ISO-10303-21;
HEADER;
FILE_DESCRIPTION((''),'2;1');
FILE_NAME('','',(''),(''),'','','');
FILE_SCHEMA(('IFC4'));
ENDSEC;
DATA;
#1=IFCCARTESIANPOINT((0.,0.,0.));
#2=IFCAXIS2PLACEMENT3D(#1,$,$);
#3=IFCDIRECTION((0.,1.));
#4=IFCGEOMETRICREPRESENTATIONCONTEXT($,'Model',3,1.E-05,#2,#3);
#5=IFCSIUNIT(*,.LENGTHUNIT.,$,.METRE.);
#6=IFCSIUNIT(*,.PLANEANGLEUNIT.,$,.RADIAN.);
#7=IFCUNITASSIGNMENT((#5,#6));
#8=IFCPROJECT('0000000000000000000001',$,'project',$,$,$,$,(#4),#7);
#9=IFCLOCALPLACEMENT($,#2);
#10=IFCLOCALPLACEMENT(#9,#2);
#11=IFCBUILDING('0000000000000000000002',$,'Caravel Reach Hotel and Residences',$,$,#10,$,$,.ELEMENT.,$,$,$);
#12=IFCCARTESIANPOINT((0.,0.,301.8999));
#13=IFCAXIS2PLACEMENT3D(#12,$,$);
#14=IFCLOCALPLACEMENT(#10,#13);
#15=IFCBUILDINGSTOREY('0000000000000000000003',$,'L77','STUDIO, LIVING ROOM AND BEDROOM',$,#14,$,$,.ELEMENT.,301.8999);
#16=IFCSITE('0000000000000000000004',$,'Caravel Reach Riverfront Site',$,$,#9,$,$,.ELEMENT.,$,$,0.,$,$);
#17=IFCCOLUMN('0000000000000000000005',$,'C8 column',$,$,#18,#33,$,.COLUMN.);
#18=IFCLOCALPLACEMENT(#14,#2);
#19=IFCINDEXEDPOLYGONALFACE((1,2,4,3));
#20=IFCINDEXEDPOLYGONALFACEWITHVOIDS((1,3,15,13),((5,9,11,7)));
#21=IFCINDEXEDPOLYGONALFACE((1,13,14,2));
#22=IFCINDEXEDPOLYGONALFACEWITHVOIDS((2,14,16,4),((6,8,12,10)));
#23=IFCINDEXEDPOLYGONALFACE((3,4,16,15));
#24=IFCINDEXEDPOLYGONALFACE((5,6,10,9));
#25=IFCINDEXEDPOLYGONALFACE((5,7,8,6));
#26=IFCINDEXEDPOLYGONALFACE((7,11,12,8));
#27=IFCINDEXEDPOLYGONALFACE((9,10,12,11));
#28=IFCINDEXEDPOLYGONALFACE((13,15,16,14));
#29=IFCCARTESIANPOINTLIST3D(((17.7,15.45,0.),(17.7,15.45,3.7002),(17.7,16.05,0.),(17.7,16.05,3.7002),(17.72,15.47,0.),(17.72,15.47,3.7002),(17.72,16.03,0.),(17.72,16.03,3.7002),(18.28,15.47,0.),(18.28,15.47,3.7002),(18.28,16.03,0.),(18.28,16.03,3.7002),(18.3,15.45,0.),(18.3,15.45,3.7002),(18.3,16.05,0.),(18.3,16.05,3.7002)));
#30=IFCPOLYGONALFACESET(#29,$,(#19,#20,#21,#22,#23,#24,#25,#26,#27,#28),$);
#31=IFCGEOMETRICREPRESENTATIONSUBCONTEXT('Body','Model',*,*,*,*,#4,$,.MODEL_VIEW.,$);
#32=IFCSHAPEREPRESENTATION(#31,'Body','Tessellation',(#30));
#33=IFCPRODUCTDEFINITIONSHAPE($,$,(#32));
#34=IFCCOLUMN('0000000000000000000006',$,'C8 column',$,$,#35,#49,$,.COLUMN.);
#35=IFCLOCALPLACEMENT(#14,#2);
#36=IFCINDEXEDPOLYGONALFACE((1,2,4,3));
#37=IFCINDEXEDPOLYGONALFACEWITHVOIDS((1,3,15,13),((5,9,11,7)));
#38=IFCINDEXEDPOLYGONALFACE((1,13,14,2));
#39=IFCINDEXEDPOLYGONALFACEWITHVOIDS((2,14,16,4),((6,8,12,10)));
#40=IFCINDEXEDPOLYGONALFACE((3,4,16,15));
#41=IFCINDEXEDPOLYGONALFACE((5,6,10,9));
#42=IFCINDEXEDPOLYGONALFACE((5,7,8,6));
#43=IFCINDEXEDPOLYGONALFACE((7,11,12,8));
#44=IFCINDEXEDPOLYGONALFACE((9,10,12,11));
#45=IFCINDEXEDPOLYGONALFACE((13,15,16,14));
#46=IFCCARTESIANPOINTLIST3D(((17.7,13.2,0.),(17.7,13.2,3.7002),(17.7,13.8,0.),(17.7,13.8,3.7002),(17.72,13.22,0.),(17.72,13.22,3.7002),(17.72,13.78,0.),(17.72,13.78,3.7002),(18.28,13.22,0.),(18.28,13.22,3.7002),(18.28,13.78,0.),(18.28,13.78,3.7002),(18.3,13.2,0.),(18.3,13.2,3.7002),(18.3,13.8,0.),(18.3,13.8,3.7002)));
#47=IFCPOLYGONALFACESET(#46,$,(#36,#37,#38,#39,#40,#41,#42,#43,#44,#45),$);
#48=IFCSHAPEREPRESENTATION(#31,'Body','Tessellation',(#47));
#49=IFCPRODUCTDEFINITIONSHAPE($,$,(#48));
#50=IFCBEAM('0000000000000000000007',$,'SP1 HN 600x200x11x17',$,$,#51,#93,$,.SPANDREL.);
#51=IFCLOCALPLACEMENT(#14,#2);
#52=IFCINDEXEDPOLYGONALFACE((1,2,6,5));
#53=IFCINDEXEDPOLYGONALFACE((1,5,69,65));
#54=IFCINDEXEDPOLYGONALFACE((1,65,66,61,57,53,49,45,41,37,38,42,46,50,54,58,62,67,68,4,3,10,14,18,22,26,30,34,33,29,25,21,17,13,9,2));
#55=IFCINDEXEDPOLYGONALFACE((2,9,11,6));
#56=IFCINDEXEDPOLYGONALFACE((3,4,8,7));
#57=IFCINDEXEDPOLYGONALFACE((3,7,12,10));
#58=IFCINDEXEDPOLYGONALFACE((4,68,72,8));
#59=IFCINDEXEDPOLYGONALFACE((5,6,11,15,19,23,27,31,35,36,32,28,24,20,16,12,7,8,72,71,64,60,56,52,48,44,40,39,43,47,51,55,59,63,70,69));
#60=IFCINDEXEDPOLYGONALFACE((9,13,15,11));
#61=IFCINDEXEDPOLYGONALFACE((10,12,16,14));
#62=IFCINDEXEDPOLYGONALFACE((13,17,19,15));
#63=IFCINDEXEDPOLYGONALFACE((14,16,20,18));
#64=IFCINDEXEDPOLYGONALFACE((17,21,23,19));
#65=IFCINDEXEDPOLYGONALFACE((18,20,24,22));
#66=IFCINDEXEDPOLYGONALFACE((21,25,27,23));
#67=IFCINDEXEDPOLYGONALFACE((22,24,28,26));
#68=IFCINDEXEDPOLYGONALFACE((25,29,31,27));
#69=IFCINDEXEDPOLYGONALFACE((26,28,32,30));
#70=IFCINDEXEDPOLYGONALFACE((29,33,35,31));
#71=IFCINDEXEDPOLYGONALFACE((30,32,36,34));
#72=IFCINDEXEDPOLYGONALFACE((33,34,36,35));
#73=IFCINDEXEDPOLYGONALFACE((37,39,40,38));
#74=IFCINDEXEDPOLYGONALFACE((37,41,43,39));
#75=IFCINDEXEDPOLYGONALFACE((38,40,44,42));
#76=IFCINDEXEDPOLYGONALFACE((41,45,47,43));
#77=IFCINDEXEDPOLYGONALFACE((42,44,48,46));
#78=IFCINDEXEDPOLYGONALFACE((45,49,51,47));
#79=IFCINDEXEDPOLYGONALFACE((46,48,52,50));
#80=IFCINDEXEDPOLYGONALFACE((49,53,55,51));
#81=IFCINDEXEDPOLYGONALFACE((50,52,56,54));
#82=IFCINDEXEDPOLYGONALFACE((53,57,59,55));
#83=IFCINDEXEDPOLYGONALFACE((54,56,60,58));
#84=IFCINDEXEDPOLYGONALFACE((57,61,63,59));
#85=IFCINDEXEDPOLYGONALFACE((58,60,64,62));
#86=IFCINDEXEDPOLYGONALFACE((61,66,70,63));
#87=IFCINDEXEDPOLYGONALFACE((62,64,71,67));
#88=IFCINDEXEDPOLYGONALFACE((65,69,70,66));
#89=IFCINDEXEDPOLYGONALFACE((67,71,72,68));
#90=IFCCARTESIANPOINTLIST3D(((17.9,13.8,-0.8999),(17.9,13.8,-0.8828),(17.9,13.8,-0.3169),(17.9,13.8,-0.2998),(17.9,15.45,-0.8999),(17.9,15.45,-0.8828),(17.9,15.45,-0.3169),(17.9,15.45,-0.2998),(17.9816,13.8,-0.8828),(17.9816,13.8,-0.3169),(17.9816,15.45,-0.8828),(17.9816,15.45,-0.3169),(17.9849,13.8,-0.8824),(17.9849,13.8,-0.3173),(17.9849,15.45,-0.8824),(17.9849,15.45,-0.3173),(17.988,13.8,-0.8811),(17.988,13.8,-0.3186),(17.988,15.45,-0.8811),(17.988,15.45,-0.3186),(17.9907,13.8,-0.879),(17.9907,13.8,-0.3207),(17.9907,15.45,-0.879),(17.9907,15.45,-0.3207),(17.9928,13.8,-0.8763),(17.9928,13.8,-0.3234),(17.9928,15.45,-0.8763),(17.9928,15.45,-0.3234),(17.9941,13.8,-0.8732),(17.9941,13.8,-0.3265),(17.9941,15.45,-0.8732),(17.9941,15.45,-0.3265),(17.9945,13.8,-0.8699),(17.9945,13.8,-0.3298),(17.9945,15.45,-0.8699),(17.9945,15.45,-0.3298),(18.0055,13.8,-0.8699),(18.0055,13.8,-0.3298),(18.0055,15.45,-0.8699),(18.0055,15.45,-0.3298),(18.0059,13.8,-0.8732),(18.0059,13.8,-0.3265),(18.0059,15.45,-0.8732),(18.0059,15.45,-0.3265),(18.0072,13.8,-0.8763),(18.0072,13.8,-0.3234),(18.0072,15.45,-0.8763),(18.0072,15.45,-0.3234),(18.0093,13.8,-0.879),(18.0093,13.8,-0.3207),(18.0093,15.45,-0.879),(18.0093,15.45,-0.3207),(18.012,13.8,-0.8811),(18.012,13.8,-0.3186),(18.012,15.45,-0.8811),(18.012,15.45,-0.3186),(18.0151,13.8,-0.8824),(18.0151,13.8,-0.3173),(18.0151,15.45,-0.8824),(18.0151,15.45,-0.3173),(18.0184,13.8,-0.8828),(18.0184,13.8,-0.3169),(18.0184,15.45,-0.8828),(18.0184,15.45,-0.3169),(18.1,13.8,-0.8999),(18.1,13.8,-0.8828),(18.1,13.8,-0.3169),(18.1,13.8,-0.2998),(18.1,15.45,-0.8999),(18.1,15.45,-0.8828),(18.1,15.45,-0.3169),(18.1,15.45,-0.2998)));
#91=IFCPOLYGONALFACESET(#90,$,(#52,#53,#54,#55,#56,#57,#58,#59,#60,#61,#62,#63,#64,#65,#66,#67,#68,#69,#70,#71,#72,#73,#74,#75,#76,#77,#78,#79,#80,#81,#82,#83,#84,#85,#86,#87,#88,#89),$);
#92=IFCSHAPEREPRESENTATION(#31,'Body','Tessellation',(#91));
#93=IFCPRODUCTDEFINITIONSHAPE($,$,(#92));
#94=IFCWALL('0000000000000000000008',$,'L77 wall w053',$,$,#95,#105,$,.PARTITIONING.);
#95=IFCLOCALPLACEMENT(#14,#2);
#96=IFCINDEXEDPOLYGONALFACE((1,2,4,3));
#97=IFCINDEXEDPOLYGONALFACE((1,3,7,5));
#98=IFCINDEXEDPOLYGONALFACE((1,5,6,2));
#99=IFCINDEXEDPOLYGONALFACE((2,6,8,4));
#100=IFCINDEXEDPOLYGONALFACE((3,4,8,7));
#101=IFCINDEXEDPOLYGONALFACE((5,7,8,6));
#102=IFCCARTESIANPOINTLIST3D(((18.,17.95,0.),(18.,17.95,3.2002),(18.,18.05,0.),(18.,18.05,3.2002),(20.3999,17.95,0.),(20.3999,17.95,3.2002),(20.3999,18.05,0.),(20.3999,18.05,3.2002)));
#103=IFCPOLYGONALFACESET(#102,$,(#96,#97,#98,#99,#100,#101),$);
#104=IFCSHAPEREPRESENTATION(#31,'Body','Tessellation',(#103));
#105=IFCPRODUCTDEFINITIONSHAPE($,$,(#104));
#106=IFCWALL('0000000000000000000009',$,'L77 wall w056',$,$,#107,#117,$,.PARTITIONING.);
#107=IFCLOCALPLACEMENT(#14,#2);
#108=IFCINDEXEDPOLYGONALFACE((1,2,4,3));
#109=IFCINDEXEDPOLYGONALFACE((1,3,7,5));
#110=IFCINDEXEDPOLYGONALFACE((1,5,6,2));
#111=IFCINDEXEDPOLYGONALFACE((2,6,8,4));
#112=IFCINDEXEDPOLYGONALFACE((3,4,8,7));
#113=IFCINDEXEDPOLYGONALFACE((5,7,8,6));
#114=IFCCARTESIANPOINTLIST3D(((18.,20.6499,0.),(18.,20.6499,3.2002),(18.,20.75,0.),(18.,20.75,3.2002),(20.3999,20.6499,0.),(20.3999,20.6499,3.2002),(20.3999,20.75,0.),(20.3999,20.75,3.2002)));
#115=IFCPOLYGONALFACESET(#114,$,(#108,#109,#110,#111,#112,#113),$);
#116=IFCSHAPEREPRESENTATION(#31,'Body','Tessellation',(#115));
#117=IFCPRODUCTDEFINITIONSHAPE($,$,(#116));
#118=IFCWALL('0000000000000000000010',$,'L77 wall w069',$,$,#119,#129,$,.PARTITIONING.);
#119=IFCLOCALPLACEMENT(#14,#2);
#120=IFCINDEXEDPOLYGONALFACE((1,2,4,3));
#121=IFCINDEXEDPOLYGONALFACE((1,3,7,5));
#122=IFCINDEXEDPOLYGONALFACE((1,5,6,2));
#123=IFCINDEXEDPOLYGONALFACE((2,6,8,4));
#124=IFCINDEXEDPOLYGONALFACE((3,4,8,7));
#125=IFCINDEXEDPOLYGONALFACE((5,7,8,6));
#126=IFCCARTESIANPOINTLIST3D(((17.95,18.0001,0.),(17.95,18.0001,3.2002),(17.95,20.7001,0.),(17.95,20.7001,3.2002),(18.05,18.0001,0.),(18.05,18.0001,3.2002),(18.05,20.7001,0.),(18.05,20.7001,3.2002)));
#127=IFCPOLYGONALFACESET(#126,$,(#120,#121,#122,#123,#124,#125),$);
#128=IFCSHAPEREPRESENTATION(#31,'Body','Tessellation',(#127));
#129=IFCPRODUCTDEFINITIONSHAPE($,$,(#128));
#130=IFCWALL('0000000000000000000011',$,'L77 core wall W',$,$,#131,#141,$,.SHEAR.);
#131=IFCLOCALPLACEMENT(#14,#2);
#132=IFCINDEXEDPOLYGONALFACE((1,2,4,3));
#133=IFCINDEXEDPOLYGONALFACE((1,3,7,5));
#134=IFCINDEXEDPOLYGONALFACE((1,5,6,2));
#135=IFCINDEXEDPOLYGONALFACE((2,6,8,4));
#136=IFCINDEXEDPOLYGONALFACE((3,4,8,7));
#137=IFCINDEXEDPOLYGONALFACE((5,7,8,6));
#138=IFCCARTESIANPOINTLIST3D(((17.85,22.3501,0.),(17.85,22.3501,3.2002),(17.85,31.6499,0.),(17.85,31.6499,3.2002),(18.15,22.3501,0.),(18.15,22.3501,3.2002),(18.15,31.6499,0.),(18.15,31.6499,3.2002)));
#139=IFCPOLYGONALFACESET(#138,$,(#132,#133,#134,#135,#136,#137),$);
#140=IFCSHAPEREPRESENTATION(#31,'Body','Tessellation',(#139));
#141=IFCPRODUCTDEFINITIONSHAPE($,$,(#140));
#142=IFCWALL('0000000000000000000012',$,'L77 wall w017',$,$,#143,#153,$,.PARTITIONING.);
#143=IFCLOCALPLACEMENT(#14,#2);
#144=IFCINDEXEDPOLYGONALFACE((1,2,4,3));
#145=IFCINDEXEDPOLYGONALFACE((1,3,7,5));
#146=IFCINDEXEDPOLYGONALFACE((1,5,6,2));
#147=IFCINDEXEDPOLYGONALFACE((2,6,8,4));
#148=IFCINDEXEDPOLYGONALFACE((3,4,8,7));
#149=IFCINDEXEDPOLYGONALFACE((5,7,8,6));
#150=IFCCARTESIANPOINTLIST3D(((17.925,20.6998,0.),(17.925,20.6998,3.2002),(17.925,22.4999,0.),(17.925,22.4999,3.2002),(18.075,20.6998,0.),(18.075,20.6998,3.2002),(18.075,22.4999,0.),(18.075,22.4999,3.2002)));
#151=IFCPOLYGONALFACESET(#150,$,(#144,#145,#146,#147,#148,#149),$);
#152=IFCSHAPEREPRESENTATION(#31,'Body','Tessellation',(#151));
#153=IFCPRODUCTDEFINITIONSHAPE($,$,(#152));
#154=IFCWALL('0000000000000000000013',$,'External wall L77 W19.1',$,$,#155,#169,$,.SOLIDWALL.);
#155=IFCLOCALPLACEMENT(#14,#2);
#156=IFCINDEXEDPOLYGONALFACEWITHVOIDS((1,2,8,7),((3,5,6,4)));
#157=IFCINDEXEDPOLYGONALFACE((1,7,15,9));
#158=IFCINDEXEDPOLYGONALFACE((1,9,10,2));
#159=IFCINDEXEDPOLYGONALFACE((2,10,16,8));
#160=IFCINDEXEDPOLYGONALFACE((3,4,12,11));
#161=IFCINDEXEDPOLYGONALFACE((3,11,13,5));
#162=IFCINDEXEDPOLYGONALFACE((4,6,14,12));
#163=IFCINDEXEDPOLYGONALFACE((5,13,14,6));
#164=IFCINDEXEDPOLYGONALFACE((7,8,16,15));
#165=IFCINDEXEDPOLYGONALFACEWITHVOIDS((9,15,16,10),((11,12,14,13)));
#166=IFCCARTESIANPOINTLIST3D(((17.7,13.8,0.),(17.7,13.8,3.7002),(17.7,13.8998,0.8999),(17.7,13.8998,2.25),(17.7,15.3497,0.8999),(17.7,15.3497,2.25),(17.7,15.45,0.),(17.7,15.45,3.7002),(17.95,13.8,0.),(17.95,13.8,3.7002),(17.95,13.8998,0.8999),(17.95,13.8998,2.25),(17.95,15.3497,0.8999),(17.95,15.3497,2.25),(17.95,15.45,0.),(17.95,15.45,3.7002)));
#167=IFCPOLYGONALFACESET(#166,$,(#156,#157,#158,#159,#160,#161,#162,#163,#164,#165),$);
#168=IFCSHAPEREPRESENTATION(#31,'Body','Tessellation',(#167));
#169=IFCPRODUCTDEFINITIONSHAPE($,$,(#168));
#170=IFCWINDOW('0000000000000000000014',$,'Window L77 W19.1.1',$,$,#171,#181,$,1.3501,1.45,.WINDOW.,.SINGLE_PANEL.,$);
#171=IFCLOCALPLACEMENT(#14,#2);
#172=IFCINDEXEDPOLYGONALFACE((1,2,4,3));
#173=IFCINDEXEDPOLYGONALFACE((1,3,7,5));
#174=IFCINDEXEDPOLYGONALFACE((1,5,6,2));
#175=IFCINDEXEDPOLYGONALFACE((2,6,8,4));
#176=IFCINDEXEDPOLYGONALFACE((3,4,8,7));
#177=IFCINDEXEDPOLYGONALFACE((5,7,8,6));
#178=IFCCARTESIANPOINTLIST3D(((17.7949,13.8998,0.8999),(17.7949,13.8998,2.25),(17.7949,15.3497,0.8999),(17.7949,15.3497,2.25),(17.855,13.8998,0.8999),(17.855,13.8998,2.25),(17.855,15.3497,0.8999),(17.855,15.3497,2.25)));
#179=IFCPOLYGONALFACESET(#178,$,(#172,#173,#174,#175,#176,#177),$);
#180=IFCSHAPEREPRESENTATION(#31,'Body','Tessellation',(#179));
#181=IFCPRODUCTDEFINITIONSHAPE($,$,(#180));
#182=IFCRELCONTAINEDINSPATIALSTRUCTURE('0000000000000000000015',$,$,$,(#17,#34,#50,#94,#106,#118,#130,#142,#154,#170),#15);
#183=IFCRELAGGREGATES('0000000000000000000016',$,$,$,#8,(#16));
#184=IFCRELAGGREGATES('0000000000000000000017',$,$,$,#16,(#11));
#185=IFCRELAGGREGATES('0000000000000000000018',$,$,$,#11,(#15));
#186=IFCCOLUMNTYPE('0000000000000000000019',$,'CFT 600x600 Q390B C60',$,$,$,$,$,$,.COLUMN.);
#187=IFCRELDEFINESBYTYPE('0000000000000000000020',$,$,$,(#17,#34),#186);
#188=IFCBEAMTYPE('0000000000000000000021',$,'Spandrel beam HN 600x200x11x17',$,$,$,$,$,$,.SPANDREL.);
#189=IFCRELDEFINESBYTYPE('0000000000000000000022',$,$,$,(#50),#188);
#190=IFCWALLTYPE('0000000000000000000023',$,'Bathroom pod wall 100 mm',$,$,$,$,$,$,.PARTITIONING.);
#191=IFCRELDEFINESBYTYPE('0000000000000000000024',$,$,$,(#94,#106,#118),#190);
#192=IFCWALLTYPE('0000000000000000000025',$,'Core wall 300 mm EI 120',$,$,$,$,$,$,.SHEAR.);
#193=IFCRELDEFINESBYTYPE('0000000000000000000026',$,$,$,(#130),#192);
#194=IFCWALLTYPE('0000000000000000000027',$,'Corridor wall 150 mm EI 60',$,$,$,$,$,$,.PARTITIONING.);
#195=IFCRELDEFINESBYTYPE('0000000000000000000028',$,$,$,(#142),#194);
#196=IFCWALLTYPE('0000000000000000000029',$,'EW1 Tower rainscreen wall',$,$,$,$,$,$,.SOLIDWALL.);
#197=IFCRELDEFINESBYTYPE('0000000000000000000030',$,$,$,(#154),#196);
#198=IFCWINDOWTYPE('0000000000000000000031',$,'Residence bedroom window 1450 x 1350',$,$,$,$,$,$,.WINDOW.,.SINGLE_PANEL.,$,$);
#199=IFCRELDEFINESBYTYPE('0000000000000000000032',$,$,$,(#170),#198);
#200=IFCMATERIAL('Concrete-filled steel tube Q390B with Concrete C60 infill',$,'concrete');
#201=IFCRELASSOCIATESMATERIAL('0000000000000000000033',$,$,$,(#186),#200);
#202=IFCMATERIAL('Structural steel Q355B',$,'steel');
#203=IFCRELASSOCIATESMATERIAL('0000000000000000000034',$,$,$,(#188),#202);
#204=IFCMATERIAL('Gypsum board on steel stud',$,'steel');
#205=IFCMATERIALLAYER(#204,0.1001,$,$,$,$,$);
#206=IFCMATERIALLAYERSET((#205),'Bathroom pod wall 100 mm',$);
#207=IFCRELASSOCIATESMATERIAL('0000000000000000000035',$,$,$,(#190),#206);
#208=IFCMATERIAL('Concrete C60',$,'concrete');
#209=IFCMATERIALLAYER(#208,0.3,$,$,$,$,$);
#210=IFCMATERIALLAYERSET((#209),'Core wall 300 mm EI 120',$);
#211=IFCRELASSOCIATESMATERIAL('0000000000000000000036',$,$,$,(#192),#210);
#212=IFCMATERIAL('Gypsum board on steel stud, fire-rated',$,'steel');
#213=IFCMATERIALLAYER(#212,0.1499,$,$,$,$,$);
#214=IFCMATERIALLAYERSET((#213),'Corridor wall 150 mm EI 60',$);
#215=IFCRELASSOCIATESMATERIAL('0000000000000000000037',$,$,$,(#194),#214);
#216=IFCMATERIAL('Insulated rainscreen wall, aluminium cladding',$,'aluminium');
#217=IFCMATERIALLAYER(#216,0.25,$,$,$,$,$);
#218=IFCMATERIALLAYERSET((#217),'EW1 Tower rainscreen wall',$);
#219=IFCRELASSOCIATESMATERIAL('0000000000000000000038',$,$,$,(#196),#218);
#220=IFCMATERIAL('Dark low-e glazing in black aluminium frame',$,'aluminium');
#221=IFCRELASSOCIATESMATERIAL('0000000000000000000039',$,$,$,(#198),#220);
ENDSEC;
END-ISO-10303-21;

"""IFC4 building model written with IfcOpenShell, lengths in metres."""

from ifc_helpers import new_model, si_unit, direction, frame, frame_2d, origin, origin_2d, place, context, subcontext, project, spatial, rectangle, hollow_rectangle, i_section, extrude, material, layer, layer_set, material_profile, profile_set, type_object, element, fill, save


model = new_model("IFC4")

# Units and contexts
model_context = context("Model", 3, precision=1e-05, world=origin(), true_north=direction((0.0, 1.0)))
body_context = subcontext(model_context, "Body", "Model", "MODEL_VIEW")
ifc_project = project(units=[si_unit("LENGTHUNIT", "METRE"), si_unit("PLANEANGLEUNIT", "RADIAN")], contexts=[model_context])

# Site, building, storey
site_placement = place(None, origin())
site = spatial("IfcSite", under=ifc_project, at=site_placement, Name="Caravel Reach Riverfront Site", CompositionType="ELEMENT", RefElevation=0.0)
building_placement = place(site_placement, origin())
building = spatial("IfcBuilding", under=site, at=building_placement, Name="Caravel Reach Hotel and Residences", CompositionType="ELEMENT")
storey_placement = place(building_placement, frame((0.0, 0.0, 301.8999)))
storey = spatial("IfcBuildingStorey", under=building, at=storey_placement, Name="L77", Description="STUDIO, LIVING ROOM AND BEDROOM", CompositionType="ELEMENT", Elevation=301.8999)

# Columns
ifc_material_1 = material(Name="Concrete-filled steel tube Q390B with Concrete C60 infill", Category="concrete")
ifc_material_profile_1 = material_profile(ifc_material_1, hollow_rectangle(XDim=0.6001, YDim=0.6001, WallThickness=0.02, at=origin_2d()), Name="RHS 600x600x20")
ifc_profile_set_1 = profile_set([ifc_material_profile_1], Name="Concrete-filled steel tube Q390B with Concrete C60 infill")
column_type = type_object("IfcColumnType", Name="CFT 600x600 Q390B C60", PredefinedType="COLUMN", material=ifc_profile_set_1)
for number, where, z_axis, x_axis, name in (
    (1, (18.0, 15.75, 0.0), (0.0, 0.0, 1.0), (1.0, 0.0, 0.0), "C8 column"),
    (2, (18.0, 13.5, 0.0), (0.0, 0.0, 1.0), (1.0, 0.0, 0.0), "C8 column"),
):
    element("IfcColumn", number, at=place(storey_placement, frame(where, z_axis=z_axis, x_axis=x_axis)), inside=storey, type_object=column_type, Name=name, PredefinedType="COLUMN", context=body_context, shape_type="SweptSolid", body=[
        extrude(hollow_rectangle(XDim=0.6001, YDim=0.6001, WallThickness=0.02, at=origin_2d()), origin(), (0.0, 0.0, 1.0), 3.7002),
    ])

# Beam
ifc_material_2 = material(Name="Structural steel Q355B", Category="steel")
ifc_material_profile_2 = material_profile(ifc_material_2, i_section(OverallWidth=0.2, OverallDepth=0.6001, WebThickness=0.011, FlangeThickness=0.0171, FilletRadius=0.0129, at=origin_2d()), Name="HN 600x200x11x17")
ifc_profile_set_2 = profile_set([ifc_material_profile_2], Name="Structural steel Q355B")
beam_type = type_object("IfcBeamType", Name="Spandrel beam HN 600x200x11x17", PredefinedType="SPANDREL", material=ifc_profile_set_2)
beam_placement = place(storey_placement, frame((18.0, 15.45, -0.5999), z_axis=(0.0, -1.0, 0.0), x_axis=(1.0, 0.0, 0.0)))
element("IfcBeam", 3, at=beam_placement, inside=storey, type_object=beam_type, Name="SP1 HN 600x200x11x17", PredefinedType="SPANDREL", context=body_context, shape_type="SweptSolid", body=[
    extrude(i_section(OverallWidth=0.2, OverallDepth=0.6001, WebThickness=0.011, FlangeThickness=0.0171, FilletRadius=0.0129, at=origin_2d()), origin(), (0.0, 0.0, 1.0), 1.6499),
])

# Walls
ifc_material_3 = material(Name="Gypsum board on steel stud", Category="steel")
ifc_layer_1 = layer(ifc_material_3, 0.1001)
ifc_layer_set_1 = layer_set([ifc_layer_1], Name="Bathroom pod wall 100 mm")
wall_type_1 = type_object("IfcWallType", Name="Bathroom pod wall 100 mm", PredefinedType="PARTITIONING", material=ifc_layer_set_1)
for number, where, z_axis, x_axis, name in (
    (4, (18.0, 18.0, 0.0), (0.0, 0.0, 1.0), (1.0, 0.0, 0.0), "L77 wall w053"),
    (5, (18.0, 20.7, 0.0), (0.0, 0.0, 1.0), (1.0, 0.0, 0.0), "L77 wall w056"),
):
    element("IfcWall", number, at=place(storey_placement, frame(where, z_axis=z_axis, x_axis=x_axis)), inside=storey, type_object=wall_type_1, Name=name, PredefinedType="PARTITIONING", context=body_context, shape_type="SweptSolid", body=[
        extrude(rectangle(XDim=2.3999, YDim=0.1001, at=frame_2d((1.2, 0.0))), origin(), (0.0, 0.0, 1.0), 3.2002),
    ])
wall_1_placement = place(storey_placement, frame((18.0, 18.0, 0.0), z_axis=(0.0, 0.0, 1.0), x_axis=(0.0, 1.0, 0.0)))
element("IfcWall", 6, at=wall_1_placement, inside=storey, type_object=wall_type_1, Name="L77 wall w069", PredefinedType="PARTITIONING", context=body_context, shape_type="SweptSolid", body=[
    extrude(rectangle(XDim=2.7, YDim=0.1001, at=frame_2d((1.3501, 0.0))), origin(), (0.0, 0.0, 1.0), 3.2002),
])
ifc_material_4 = material(Name="Concrete C60", Category="concrete")
ifc_layer_2 = layer(ifc_material_4, 0.3)
ifc_layer_set_2 = layer_set([ifc_layer_2], Name="Core wall 300 mm EI 120")
wall_type_2 = type_object("IfcWallType", Name="Core wall 300 mm EI 120", PredefinedType="SHEAR", material=ifc_layer_set_2)
wall_2_placement = place(storey_placement, frame((18.0, 22.3501, 0.0), z_axis=(0.0, 0.0, 1.0), x_axis=(0.0, 1.0, 0.0)))
element("IfcWall", 7, at=wall_2_placement, inside=storey, type_object=wall_type_2, Name="L77 core wall W", PredefinedType="SHEAR", context=body_context, shape_type="SweptSolid", body=[
    extrude(rectangle(XDim=9.2998, YDim=0.3, at=frame_2d((4.6499, 0.0))), origin(), (0.0, 0.0, 1.0), 3.2002),
])
ifc_material_5 = material(Name="Gypsum board on steel stud, fire-rated", Category="steel")
ifc_layer_3 = layer(ifc_material_5, 0.1499)
ifc_layer_set_3 = layer_set([ifc_layer_3], Name="Corridor wall 150 mm EI 60")
wall_type_3 = type_object("IfcWallType", Name="Corridor wall 150 mm EI 60", PredefinedType="PARTITIONING", material=ifc_layer_set_3)
wall_3_placement = place(storey_placement, frame((18.0, 20.7, 0.0), z_axis=(0.0, 0.0, 1.0), x_axis=(0.0, 1.0, 0.0)))
element("IfcWall", 8, at=wall_3_placement, inside=storey, type_object=wall_type_3, Name="L77 wall w017", PredefinedType="PARTITIONING", context=body_context, shape_type="SweptSolid", body=[
    extrude(rectangle(XDim=1.8, YDim=0.1499, at=frame_2d((0.8999, 0.0))), origin(), (0.0, 0.0, 1.0), 3.2002),
])

# Wall, opening, window
ifc_material_6 = material(Name="Insulated rainscreen wall, aluminium cladding", Category="aluminium")
ifc_layer_4 = layer(ifc_material_6, 0.25)
ifc_layer_set_4 = layer_set([ifc_layer_4], Name="EW1 Tower rainscreen wall")
wall_type_4 = type_object("IfcWallType", Name="EW1 Tower rainscreen wall", PredefinedType="SOLIDWALL", material=ifc_layer_set_4)
wall_4_placement = place(storey_placement, frame((17.825, 15.45, 0.0), z_axis=(0.0, 0.0, 1.0), x_axis=(0.0, -1.0, 0.0)))
wall_4 = element("IfcWall", 9, at=wall_4_placement, inside=storey, type_object=wall_type_4, Name="External wall L77 W19.1", PredefinedType="SOLIDWALL", context=body_context, shape_type="SweptSolid", body=[
    extrude(rectangle(XDim=1.6499, YDim=0.25, at=frame_2d((0.825, 0.0))), origin(), (0.0, 0.0, 1.0), 3.7002),
])
opening_1_placement = place(wall_4_placement, frame((0.1001, 0.0, 0.8999)))
opening_1 = element("IfcOpeningElement", 10, at=opening_1_placement, cuts=wall_4, PredefinedType="OPENING", context=body_context, shape_type="SweptSolid", body=[
    extrude(rectangle(XDim=1.45, YDim=1.3501, at=frame_2d((0.7251, 0.675))), frame((0.0, 0.135, 0.0), z_axis=(0.0, -1.0, 0.0), x_axis=(1.0, 0.0, 0.0)), (0.0, 0.0, 1.0), 0.27),
])
ifc_material_7 = material(Name="Dark low-e glazing in black aluminium frame", Category="aluminium")
window_type = type_object("IfcWindowType", Name="Residence bedroom window 1450 x 1350", PartitioningType="SINGLE_PANEL", PredefinedType="WINDOW", material=ifc_material_7)
window_placement = place(opening_1_placement, origin())
window = element("IfcWindow", 11, at=window_placement, inside=storey, type_object=window_type, Name="Window L77 W19.1.1", OverallHeight=1.3501, OverallWidth=1.45, PartitioningType="SINGLE_PANEL", PredefinedType="WINDOW", context=body_context, shape_type="SweptSolid", body=[
    extrude(rectangle(XDim=1.45, YDim=1.3501, at=frame_2d((0.7251, 0.675))), frame((0.0, 0.03, 0.0), z_axis=(0.0, -1.0, 0.0), x_axis=(1.0, 0.0, 0.0)), (0.0, 0.0, 1.0), 0.0601),
])
fill(opening_1, window)

save(model, "model.ifc")
